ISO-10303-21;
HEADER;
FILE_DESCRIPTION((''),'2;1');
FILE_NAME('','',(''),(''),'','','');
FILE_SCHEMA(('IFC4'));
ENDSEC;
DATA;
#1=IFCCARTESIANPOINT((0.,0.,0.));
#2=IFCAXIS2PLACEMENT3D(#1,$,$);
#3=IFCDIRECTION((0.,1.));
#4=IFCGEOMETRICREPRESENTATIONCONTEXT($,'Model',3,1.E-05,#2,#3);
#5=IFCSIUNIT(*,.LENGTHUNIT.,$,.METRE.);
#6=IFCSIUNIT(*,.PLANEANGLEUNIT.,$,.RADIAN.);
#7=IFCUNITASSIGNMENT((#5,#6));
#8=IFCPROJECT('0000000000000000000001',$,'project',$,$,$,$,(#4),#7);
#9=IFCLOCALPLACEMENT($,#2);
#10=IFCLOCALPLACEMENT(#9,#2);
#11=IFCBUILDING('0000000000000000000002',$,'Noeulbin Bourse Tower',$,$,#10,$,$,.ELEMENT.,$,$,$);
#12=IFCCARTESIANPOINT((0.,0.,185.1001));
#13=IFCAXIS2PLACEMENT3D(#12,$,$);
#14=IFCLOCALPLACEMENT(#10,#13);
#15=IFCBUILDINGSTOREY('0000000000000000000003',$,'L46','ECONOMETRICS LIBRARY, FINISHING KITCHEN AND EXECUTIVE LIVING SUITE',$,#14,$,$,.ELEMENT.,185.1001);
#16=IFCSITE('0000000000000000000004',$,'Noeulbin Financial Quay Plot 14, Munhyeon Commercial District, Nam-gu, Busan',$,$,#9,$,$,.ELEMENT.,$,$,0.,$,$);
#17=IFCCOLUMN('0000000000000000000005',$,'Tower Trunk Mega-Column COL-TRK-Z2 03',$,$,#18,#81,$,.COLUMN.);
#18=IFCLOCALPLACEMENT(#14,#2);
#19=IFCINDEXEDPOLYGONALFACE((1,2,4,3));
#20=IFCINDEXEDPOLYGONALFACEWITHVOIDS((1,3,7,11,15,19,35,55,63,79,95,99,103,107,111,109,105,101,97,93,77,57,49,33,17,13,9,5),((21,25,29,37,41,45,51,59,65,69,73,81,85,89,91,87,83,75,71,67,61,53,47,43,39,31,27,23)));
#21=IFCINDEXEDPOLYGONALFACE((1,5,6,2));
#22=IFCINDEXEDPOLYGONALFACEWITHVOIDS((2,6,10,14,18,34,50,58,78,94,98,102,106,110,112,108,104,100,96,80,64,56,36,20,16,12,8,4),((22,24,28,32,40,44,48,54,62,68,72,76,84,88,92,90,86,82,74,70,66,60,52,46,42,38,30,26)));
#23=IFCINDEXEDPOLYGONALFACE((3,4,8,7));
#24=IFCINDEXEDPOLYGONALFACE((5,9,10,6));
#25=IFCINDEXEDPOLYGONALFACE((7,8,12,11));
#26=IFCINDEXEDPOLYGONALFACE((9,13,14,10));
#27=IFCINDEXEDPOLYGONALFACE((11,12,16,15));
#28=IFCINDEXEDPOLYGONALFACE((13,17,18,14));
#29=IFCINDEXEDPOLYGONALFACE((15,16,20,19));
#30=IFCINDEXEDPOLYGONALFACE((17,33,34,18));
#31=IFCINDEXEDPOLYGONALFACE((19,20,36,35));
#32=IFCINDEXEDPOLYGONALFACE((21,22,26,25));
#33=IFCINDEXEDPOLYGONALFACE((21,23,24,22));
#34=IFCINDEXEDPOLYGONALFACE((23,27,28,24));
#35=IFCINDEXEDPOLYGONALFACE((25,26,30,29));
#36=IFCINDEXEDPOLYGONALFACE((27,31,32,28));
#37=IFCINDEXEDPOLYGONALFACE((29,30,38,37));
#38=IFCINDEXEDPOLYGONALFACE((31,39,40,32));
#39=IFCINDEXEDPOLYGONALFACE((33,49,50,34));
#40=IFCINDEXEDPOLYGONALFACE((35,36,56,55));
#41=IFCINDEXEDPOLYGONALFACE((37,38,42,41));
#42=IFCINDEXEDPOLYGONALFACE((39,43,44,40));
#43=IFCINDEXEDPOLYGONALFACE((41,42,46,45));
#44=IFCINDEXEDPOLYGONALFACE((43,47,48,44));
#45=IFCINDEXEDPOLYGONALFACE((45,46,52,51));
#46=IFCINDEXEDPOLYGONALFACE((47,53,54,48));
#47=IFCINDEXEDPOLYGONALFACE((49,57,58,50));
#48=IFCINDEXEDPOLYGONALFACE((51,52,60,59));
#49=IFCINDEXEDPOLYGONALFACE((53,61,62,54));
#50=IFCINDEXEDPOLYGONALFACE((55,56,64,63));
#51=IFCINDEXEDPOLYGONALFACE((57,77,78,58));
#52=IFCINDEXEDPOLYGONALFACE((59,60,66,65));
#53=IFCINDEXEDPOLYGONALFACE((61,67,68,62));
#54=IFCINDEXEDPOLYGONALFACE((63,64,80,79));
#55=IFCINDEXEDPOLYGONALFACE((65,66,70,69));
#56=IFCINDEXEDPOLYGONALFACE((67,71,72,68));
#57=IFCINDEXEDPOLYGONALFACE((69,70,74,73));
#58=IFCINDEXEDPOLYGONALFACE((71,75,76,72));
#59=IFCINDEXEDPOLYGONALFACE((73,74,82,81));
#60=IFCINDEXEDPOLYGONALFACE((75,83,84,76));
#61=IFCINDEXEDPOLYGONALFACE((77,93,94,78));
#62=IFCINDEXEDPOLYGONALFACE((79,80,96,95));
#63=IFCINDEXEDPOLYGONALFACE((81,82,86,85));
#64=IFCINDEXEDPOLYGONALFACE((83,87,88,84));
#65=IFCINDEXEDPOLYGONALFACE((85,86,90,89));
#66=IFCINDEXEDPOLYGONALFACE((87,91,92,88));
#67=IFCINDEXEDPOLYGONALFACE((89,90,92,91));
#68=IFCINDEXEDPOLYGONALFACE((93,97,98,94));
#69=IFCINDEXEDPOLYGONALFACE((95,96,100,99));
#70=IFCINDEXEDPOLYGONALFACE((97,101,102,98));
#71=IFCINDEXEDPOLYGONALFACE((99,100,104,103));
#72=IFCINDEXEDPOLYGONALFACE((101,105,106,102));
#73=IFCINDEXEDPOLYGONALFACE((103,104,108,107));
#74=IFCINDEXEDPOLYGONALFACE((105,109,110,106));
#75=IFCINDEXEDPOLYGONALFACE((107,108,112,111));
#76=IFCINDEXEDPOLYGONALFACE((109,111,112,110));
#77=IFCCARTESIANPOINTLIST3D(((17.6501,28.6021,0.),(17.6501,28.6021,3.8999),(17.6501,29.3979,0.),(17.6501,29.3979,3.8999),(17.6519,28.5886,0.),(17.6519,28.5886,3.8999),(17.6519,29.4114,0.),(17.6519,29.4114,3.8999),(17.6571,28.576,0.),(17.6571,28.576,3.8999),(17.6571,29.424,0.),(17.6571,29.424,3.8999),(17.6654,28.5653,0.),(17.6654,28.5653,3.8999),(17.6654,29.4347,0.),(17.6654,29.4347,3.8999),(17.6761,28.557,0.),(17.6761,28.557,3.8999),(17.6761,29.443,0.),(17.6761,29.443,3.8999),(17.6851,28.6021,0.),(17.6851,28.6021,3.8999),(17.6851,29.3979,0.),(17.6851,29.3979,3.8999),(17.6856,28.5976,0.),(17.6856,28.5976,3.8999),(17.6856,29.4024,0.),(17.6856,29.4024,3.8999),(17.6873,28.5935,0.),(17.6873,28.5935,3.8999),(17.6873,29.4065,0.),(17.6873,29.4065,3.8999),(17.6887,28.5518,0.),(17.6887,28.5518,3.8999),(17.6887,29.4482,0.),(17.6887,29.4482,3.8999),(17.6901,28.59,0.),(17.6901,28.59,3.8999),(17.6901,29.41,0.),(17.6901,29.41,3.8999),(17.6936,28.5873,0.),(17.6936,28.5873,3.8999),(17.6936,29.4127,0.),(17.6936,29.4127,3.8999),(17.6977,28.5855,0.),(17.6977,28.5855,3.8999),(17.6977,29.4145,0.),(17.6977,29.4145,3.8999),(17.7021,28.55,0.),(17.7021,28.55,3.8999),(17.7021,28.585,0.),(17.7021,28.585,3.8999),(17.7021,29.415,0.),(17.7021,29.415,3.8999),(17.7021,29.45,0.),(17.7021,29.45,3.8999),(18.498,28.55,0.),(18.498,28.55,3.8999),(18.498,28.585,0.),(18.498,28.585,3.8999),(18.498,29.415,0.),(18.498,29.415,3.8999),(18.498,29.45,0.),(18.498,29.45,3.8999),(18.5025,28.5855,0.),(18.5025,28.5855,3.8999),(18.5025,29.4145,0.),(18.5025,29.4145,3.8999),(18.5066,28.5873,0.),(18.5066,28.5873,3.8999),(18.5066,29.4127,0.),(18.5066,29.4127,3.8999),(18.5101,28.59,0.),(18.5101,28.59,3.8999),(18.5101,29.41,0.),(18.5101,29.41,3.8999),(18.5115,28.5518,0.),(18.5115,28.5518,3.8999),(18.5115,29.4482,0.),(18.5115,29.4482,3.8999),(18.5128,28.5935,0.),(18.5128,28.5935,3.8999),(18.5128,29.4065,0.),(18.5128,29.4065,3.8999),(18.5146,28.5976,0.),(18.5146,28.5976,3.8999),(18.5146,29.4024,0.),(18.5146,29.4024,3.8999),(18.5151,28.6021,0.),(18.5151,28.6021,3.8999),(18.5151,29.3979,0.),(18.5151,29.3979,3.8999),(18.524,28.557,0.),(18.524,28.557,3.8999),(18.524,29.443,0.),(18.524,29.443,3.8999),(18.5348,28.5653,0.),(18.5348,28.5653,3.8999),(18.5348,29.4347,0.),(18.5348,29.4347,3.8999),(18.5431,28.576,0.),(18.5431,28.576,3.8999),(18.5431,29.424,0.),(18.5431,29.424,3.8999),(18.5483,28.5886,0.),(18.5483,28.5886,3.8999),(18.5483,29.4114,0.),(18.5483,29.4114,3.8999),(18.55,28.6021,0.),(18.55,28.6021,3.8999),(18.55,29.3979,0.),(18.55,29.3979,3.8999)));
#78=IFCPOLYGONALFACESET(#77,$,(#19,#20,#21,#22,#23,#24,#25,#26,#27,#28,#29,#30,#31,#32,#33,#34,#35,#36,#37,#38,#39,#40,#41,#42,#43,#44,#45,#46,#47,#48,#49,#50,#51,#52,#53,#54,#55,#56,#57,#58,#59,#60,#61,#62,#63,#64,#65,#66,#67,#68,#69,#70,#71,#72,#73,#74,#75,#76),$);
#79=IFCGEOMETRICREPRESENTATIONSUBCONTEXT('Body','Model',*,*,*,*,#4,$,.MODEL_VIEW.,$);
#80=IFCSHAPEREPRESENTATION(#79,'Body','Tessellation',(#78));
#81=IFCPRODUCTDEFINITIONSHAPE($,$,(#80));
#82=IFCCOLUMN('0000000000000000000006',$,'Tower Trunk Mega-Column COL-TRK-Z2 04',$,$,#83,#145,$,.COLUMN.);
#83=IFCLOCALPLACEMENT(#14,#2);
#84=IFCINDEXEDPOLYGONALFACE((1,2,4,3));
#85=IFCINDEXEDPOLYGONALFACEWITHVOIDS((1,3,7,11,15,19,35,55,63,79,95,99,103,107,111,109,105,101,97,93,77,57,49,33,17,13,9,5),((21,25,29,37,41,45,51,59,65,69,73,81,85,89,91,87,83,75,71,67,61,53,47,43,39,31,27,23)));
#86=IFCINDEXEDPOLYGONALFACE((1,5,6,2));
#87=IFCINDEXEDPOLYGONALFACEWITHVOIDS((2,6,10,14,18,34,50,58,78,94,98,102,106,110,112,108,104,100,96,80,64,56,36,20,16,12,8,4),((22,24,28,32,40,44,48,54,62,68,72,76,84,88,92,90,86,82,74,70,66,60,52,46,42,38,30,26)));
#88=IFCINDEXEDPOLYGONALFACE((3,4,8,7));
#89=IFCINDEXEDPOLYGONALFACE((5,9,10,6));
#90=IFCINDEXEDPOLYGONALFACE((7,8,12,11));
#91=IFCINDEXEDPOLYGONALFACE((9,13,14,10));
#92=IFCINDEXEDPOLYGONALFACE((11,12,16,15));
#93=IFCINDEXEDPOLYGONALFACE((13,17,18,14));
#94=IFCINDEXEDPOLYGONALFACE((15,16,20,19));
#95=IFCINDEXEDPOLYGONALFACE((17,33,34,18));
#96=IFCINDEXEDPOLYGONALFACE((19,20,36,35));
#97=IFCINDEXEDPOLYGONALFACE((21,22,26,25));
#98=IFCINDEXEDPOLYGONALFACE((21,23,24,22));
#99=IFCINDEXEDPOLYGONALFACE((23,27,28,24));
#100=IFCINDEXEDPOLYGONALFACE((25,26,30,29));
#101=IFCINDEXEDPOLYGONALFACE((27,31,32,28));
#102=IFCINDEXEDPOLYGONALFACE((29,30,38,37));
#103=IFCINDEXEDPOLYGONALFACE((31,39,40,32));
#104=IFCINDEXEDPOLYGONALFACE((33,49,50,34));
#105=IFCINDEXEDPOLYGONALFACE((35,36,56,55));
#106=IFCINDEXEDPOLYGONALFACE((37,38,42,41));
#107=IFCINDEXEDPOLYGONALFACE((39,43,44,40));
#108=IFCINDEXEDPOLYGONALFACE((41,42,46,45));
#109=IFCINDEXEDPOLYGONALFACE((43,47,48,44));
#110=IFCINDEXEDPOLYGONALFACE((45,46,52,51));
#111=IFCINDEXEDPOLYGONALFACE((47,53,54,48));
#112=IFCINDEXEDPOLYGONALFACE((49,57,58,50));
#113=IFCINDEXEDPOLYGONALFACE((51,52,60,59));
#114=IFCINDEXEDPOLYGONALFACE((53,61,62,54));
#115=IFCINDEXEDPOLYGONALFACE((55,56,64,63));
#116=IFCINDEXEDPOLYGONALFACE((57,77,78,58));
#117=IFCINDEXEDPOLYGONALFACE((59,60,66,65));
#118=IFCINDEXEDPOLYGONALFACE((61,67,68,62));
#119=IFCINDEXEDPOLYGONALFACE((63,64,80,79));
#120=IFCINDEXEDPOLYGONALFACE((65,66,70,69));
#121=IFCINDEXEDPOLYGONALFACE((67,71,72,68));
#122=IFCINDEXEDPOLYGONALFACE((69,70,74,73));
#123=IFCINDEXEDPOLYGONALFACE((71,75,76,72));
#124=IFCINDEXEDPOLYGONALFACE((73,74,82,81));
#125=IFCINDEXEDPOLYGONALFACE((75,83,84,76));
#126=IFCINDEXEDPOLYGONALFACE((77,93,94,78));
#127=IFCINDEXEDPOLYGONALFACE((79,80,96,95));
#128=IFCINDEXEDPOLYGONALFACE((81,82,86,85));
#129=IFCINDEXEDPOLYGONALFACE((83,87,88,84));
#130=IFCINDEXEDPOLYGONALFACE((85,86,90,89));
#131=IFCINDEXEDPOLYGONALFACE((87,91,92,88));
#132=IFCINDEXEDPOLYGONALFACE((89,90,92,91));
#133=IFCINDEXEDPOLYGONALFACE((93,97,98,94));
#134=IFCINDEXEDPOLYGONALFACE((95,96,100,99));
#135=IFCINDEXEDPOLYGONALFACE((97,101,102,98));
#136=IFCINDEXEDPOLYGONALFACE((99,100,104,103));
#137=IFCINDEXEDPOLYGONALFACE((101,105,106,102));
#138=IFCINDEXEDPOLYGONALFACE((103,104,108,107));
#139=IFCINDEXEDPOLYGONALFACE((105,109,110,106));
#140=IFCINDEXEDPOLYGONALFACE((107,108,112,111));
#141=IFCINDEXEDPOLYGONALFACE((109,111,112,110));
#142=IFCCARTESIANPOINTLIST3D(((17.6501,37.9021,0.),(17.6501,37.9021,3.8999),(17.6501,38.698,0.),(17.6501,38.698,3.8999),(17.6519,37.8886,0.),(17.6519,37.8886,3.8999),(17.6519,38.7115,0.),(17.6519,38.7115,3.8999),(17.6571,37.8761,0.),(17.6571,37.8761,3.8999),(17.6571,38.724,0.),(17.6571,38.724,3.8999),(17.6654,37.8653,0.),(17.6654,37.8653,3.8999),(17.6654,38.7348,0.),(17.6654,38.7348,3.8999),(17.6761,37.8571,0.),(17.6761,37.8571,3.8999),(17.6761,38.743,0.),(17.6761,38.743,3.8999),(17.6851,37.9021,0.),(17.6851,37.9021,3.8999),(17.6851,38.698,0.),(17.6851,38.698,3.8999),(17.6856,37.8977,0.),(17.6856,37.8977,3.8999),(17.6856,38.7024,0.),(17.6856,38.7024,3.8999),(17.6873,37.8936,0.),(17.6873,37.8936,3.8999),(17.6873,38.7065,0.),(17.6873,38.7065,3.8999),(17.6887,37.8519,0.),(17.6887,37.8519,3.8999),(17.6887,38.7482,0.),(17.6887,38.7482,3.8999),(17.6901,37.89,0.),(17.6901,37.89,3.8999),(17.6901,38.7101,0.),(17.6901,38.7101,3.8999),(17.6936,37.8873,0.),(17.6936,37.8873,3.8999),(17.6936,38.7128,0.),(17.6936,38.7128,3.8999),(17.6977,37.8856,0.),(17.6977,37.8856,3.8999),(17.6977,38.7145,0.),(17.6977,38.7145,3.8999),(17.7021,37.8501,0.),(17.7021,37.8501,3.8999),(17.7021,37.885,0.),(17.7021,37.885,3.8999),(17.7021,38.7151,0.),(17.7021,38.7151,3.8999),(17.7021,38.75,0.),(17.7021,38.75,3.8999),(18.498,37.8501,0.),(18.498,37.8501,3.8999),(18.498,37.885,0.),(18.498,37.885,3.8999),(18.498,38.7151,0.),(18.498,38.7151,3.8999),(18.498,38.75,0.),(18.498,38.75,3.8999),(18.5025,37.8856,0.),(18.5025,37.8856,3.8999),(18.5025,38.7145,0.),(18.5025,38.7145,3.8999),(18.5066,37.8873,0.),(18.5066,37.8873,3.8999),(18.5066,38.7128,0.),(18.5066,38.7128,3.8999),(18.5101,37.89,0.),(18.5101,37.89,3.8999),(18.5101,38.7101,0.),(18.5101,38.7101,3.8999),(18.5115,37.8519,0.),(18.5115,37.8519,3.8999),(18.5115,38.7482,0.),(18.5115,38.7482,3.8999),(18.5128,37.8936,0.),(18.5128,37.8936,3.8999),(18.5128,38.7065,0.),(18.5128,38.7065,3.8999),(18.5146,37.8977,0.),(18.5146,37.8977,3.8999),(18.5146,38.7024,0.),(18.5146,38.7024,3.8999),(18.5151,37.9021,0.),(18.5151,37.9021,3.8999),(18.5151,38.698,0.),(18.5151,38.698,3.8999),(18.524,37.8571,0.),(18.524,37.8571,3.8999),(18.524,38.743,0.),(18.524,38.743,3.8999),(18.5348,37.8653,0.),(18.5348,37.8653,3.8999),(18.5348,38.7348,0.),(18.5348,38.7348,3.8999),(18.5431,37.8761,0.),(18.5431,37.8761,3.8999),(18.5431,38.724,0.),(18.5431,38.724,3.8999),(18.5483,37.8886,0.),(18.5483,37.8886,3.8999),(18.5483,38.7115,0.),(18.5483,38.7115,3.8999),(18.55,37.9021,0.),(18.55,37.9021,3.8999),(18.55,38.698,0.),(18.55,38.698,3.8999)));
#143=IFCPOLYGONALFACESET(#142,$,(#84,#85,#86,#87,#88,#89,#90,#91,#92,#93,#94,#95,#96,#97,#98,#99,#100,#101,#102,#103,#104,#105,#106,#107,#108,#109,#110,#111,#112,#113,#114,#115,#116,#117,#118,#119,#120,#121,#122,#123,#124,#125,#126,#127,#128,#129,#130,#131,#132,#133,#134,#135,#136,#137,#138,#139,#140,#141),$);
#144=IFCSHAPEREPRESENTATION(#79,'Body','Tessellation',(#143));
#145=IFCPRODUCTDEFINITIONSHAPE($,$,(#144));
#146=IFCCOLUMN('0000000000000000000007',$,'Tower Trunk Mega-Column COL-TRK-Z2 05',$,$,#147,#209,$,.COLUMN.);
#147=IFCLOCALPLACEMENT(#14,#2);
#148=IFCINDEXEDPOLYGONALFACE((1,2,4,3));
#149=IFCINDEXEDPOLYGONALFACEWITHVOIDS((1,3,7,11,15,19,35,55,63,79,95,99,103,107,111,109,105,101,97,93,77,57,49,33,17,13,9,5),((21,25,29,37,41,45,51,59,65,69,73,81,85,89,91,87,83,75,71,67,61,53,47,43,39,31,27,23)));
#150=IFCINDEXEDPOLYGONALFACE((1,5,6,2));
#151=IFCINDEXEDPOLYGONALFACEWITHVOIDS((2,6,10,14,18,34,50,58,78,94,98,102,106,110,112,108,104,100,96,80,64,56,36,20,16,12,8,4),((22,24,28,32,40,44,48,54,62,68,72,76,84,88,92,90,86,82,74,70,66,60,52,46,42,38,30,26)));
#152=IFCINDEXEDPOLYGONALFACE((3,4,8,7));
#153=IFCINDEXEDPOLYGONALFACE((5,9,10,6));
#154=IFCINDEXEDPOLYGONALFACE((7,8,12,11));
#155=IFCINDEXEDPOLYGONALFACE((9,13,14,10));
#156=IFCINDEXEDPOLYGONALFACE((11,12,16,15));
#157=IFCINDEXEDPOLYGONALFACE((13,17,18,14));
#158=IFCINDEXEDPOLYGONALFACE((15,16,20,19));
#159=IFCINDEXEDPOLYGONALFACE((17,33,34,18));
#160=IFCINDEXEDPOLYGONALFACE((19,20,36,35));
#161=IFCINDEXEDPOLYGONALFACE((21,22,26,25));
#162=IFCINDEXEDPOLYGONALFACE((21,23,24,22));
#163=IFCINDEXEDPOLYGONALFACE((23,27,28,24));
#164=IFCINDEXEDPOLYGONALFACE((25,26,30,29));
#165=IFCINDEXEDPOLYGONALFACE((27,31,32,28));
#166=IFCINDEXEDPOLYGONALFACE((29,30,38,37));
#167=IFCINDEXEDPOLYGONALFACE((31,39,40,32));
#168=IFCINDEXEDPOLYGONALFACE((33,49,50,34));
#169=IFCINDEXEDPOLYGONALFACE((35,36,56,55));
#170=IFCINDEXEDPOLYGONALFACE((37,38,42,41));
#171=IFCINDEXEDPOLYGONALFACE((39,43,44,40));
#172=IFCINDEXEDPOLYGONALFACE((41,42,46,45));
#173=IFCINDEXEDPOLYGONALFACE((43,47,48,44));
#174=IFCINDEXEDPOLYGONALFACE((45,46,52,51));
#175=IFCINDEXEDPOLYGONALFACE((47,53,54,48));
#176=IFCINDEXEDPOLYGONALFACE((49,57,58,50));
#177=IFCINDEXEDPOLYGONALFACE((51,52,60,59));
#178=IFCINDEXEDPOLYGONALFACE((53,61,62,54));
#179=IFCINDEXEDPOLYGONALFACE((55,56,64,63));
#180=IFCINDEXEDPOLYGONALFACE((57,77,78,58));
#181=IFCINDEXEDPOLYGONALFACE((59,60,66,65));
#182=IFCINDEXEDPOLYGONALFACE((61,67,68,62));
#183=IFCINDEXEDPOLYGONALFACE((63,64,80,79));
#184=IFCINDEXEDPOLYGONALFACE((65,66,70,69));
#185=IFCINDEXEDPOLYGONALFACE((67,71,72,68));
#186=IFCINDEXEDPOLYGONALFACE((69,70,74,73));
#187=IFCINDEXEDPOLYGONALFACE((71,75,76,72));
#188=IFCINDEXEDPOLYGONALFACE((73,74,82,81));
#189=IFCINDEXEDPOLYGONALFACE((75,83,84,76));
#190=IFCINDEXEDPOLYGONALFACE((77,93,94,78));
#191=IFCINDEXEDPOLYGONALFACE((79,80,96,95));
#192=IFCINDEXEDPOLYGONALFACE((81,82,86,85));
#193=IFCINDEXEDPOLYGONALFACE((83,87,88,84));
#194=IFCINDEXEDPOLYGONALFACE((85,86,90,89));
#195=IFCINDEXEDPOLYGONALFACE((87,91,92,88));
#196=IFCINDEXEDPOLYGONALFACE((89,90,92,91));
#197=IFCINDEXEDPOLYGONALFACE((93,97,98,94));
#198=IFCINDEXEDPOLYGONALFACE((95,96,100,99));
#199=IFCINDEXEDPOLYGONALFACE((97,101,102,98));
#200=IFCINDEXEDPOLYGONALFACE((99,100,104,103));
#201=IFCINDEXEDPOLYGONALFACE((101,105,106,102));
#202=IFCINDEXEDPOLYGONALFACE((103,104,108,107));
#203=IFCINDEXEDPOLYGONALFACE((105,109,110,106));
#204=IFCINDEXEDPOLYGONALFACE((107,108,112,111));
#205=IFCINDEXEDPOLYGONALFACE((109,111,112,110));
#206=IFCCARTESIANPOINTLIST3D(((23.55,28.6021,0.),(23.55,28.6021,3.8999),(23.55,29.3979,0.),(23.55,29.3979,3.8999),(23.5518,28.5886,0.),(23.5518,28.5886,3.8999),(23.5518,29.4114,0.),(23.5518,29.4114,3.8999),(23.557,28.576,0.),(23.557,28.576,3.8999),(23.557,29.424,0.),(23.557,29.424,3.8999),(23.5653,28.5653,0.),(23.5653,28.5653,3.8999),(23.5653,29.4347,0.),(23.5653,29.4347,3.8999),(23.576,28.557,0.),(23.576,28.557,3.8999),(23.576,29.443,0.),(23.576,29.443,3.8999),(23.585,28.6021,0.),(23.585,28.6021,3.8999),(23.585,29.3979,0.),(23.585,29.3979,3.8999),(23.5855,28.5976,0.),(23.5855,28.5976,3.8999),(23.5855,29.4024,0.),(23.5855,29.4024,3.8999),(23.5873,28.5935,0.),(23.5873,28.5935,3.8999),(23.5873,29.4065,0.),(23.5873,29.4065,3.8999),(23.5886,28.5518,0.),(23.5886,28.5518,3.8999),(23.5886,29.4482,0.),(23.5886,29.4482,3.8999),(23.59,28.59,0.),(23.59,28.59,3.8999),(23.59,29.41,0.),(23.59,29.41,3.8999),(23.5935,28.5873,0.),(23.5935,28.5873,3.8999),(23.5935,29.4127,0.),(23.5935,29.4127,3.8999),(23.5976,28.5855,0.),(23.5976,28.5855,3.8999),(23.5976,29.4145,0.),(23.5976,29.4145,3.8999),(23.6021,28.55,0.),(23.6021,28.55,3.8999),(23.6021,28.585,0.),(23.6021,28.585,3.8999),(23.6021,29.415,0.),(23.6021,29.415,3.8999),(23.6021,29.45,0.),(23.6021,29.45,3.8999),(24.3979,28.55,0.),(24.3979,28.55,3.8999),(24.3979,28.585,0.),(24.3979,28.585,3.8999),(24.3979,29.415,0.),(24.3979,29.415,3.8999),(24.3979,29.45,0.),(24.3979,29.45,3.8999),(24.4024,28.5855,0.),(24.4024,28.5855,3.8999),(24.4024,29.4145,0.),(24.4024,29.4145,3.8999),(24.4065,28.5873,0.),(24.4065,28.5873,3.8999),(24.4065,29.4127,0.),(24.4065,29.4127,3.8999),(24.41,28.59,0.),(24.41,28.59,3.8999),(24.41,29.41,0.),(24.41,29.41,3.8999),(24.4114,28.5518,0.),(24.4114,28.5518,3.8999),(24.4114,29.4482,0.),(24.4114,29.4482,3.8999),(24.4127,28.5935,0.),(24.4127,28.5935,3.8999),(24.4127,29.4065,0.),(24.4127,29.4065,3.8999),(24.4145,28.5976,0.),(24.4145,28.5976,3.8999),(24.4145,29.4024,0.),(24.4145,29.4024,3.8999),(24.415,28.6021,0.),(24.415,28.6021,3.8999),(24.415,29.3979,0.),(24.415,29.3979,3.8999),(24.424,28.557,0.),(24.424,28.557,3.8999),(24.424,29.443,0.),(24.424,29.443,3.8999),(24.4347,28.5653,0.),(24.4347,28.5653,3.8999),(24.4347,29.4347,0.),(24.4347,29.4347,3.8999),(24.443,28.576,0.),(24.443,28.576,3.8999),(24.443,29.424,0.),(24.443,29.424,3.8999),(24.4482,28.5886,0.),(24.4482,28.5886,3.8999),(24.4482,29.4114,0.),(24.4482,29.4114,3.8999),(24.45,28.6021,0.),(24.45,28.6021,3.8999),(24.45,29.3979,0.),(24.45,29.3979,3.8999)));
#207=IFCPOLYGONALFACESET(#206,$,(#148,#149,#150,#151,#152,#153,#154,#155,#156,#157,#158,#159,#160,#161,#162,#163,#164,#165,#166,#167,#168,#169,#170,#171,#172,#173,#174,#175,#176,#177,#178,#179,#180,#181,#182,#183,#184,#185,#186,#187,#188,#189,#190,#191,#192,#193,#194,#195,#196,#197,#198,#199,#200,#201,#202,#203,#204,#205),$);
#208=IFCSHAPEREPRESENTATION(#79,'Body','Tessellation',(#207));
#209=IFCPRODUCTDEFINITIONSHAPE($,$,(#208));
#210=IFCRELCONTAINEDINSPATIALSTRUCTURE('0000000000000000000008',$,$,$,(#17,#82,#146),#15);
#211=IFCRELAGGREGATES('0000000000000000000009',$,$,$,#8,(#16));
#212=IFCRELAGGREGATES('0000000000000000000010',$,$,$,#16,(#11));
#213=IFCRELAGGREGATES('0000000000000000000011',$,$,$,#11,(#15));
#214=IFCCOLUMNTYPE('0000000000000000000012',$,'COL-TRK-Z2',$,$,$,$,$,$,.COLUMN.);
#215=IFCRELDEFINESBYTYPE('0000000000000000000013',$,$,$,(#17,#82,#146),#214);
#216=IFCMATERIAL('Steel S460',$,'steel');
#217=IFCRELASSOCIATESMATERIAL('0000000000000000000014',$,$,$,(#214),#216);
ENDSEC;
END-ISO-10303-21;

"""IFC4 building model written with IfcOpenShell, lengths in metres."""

from ifc_helpers import new_model, si_unit, direction, frame, origin, origin_2d, place, context, subcontext, project, spatial, hollow_rectangle, extrude, material, material_profile, profile_set, type_object, element, save


model = new_model("IFC4")

# Units and contexts
model_context = context("Model", 3, precision=1e-05, world=origin(), true_north=direction((0.0, 1.0)))
body_context = subcontext(model_context, "Body", "Model", "MODEL_VIEW")
ifc_project = project(units=[si_unit("LENGTHUNIT", "METRE"), si_unit("PLANEANGLEUNIT", "RADIAN")], contexts=[model_context])

# Site, building, storey
site_placement = place(None, origin())
site = spatial("IfcSite", under=ifc_project, at=site_placement, Name="Noeulbin Financial Quay Plot 14, Munhyeon Commercial District, Nam-gu, Busan", CompositionType="ELEMENT", RefElevation=0.0)
building_placement = place(site_placement, origin())
building = spatial("IfcBuilding", under=site, at=building_placement, Name="Noeulbin Bourse Tower", CompositionType="ELEMENT")
storey_placement = place(building_placement, frame((0.0, 0.0, 185.1001)))
storey = spatial("IfcBuildingStorey", under=building, at=storey_placement, Name="L46", Description="ECONOMETRICS LIBRARY, FINISHING KITCHEN AND EXECUTIVE LIVING SUITE", CompositionType="ELEMENT", Elevation=185.1001)

# Columns
ifc_material_1 = material(Name="Steel S460", Category="steel")
ifc_material_profile_1 = material_profile(ifc_material_1, hollow_rectangle(XDim=0.8999, YDim=0.8999, WallThickness=0.0349, InnerFilletRadius=0.0171, OuterFilletRadius=0.052, at=origin_2d()), Name="BOX-900x900x35", Category="LoadBearing")
ifc_profile_set_1 = profile_set([ifc_material_profile_1], Name="Steel S460")
column_type = type_object("IfcColumnType", Name="COL-TRK-Z2", PredefinedType="COLUMN", material=ifc_profile_set_1)
for number, where, z_axis, x_axis, name in (
    (1, (18.1001, 29.0, 0.0), (0.0, 0.0, 1.0), (1.0, 0.0, 0.0), "Tower Trunk Mega-Column COL-TRK-Z2 03"),
    (2, (18.1001, 38.3, 0.0), (0.0, 0.0, 1.0), (1.0, 0.0, 0.0), "Tower Trunk Mega-Column COL-TRK-Z2 04"),
    (3, (24.0, 29.0, 0.0), (0.0, 0.0, 1.0), (1.0, 0.0, 0.0), "Tower Trunk Mega-Column COL-TRK-Z2 05"),
):
    element("IfcColumn", number, at=place(storey_placement, frame(where, z_axis=z_axis, x_axis=x_axis)), inside=storey, type_object=column_type, Name=name, PredefinedType="COLUMN", context=body_context, shape_type="SweptSolid", body=[
        extrude(hollow_rectangle(XDim=0.8999, YDim=0.8999, WallThickness=0.0349, InnerFilletRadius=0.0171, OuterFilletRadius=0.052, at=origin_2d()), origin(), (0.0, 0.0, 1.0), 3.8999),
    ])

save(model, "model.ifc")
